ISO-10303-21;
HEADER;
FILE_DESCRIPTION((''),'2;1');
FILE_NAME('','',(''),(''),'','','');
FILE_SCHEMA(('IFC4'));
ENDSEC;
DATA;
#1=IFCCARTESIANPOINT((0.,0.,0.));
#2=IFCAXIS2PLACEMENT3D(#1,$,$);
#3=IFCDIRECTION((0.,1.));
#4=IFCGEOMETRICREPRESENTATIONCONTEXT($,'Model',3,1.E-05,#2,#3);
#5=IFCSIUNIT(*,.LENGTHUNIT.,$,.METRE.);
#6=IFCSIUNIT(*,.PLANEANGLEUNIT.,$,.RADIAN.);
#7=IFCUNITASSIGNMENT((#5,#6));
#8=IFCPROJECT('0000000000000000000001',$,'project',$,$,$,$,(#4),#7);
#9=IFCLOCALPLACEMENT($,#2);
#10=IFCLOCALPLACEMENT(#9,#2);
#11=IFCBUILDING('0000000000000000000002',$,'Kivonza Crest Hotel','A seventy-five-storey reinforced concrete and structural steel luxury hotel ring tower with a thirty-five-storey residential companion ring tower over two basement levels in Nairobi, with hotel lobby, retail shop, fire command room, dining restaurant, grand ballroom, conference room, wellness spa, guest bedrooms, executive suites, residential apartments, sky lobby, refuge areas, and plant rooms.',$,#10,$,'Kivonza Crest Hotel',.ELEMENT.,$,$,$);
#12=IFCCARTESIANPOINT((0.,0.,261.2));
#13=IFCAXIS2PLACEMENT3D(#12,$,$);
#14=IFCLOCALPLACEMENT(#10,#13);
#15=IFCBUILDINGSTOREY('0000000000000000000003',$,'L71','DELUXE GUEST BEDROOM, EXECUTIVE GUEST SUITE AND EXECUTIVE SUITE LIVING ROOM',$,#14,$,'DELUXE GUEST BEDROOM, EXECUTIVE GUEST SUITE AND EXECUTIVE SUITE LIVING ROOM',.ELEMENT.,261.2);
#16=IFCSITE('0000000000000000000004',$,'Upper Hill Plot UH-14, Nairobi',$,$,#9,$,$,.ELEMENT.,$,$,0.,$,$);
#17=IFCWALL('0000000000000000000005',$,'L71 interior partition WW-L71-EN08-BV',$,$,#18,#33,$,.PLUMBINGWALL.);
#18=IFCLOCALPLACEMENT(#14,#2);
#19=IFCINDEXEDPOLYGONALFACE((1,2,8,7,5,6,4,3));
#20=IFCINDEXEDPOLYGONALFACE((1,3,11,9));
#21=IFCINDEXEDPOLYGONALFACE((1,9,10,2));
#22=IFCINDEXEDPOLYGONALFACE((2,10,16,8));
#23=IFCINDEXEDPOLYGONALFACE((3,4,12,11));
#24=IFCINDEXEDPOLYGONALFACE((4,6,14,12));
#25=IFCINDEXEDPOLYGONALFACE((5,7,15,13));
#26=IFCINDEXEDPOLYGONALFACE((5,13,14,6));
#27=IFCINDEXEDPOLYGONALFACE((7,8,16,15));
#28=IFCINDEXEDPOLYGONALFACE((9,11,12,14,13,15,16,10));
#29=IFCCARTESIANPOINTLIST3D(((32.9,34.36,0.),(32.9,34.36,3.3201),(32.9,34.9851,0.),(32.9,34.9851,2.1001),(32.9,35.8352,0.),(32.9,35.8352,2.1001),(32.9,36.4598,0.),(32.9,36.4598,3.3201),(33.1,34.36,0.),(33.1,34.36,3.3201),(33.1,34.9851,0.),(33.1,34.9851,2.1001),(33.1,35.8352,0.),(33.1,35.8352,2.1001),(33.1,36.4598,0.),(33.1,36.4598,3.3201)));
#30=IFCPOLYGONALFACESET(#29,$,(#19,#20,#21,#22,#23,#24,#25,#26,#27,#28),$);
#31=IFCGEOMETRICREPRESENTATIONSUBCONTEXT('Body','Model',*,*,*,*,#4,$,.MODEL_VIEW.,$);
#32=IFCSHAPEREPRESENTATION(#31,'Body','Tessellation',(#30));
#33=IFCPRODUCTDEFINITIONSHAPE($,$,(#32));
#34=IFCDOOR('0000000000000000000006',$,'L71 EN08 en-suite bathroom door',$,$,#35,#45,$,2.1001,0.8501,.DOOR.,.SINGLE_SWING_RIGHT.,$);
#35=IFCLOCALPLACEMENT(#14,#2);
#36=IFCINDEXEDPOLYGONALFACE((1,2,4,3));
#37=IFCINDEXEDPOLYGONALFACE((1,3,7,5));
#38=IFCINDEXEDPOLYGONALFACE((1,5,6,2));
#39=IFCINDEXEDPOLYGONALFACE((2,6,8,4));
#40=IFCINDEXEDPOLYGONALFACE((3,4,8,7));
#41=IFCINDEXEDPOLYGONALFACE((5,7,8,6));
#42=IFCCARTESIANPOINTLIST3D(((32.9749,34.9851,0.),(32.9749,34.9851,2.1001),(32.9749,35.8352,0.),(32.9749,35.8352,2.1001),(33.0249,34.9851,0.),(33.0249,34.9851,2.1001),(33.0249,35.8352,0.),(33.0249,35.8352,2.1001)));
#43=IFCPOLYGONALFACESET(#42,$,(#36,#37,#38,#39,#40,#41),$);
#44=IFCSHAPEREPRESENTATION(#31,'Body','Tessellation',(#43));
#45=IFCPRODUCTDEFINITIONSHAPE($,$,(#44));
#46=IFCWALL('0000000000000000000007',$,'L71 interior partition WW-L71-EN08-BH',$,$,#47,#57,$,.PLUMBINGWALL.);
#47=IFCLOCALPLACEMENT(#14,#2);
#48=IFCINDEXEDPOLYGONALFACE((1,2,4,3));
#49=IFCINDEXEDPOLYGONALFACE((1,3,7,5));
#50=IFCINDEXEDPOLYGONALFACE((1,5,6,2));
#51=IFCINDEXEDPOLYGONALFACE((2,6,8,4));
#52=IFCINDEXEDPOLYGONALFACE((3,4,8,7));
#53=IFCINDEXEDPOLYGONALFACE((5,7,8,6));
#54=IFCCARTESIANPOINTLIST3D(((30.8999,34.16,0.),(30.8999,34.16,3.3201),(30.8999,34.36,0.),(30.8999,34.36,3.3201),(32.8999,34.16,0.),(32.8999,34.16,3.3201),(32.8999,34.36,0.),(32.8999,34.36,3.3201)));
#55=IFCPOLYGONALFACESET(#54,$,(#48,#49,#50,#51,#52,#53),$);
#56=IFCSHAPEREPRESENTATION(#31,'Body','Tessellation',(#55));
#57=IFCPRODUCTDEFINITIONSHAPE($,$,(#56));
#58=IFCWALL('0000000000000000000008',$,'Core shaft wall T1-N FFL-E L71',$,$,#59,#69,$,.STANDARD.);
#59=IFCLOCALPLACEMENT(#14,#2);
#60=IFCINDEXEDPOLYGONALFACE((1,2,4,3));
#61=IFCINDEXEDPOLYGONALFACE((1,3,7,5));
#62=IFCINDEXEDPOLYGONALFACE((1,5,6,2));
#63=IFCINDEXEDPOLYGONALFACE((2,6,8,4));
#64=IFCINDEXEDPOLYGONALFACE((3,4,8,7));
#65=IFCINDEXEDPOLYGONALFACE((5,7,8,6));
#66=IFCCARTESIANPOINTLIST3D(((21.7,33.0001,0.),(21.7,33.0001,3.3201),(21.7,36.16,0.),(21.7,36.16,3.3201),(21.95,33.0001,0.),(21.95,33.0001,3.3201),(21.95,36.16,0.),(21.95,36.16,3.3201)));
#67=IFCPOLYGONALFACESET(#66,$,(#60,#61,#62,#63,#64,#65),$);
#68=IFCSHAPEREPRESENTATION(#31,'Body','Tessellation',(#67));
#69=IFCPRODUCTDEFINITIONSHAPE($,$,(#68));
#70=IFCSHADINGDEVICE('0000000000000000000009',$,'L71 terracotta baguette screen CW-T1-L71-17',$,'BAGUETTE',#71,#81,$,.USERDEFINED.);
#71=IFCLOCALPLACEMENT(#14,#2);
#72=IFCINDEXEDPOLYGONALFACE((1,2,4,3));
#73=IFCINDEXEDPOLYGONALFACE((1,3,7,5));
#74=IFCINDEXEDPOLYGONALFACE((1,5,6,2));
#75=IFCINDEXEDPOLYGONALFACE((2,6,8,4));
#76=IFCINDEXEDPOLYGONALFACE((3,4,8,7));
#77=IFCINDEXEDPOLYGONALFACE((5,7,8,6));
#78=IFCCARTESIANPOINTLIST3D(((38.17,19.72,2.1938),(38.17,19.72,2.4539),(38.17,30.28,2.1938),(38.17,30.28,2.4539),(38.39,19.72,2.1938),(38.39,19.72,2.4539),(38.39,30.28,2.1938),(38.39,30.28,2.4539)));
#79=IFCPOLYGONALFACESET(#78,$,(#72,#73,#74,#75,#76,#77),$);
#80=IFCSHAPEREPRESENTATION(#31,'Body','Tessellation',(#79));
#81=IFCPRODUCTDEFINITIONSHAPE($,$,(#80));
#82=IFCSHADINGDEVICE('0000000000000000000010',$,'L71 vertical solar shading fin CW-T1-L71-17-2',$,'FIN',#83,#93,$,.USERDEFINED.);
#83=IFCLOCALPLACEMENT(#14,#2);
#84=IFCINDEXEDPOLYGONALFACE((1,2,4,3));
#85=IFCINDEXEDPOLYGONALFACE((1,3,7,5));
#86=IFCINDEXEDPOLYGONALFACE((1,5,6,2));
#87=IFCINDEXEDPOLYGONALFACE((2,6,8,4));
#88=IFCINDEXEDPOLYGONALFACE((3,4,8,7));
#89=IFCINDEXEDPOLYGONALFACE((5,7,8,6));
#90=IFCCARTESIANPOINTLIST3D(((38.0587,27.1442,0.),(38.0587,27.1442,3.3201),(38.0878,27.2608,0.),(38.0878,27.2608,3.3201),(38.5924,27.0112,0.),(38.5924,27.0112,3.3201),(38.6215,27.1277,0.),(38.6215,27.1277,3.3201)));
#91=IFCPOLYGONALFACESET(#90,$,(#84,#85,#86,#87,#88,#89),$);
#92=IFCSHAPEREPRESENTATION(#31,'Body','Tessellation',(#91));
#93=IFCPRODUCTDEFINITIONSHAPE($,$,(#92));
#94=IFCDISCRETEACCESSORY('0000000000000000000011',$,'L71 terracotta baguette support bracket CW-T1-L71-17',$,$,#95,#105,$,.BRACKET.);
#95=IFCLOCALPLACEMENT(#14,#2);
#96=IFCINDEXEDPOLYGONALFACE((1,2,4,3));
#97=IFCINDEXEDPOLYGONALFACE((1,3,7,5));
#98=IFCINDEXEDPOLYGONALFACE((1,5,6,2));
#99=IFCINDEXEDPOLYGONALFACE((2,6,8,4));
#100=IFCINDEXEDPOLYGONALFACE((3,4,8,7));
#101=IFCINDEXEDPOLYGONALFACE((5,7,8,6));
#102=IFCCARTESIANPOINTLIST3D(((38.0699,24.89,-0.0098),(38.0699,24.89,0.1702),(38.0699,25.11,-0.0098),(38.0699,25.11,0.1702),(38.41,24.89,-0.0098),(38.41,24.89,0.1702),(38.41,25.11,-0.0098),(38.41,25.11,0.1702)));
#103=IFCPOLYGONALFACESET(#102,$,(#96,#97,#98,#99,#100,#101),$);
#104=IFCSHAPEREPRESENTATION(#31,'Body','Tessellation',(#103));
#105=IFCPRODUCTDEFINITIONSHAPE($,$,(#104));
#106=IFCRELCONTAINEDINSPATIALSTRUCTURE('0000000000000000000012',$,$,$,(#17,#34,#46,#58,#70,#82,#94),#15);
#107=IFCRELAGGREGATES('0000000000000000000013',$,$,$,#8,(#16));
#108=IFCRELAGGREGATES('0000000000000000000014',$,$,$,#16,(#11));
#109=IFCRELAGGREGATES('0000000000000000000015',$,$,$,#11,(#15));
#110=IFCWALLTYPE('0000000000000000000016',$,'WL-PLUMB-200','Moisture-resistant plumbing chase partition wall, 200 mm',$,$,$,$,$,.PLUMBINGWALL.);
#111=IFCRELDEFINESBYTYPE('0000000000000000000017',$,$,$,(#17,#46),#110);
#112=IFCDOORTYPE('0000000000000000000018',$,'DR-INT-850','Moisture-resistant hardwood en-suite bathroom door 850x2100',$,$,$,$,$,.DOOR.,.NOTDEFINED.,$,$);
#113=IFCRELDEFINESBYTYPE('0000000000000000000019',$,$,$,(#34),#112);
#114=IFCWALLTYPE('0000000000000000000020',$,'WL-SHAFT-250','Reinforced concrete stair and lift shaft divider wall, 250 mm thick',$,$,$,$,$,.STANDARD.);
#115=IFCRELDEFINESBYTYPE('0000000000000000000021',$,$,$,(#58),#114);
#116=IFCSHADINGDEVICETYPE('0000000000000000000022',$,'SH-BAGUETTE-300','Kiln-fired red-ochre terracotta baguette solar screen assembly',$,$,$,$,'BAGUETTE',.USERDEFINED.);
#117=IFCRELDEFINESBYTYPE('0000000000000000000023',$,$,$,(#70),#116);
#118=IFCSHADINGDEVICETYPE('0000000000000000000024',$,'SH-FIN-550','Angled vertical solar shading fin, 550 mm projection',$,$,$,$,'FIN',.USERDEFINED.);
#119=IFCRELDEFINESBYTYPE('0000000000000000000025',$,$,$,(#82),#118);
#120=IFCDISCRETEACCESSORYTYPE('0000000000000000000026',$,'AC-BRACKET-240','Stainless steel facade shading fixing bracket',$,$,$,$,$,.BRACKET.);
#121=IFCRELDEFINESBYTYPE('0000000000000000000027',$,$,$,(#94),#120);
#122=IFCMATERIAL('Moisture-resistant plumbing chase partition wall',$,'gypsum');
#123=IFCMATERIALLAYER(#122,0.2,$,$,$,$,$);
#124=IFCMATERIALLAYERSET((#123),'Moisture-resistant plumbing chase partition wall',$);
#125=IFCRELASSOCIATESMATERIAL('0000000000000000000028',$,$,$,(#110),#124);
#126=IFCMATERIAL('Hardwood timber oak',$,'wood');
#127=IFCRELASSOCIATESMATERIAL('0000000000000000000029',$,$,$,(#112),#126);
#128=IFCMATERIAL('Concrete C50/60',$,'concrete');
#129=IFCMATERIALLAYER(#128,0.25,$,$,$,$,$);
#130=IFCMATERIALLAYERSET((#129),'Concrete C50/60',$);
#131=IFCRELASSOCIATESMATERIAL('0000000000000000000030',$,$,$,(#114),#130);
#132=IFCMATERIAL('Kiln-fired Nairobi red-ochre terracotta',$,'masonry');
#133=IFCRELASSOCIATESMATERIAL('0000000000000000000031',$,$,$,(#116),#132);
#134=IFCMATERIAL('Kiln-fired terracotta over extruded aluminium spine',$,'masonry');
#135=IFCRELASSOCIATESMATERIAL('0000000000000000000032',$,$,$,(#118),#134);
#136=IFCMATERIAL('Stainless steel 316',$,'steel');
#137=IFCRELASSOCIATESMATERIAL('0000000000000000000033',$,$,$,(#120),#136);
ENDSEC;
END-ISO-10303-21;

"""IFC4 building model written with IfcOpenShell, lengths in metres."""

from ifc_helpers import new_model, si_unit, direction, frame, frame_2d, origin, origin_2d, place, context, subcontext, project, spatial, rectangle, extrude, material, layer, layer_set, type_object, element, fill, save


model = new_model("IFC4")

# Units and contexts
model_context = context("Model", 3, precision=1e-05, world=origin(), true_north=direction((0.0, 1.0)))
body_context = subcontext(model_context, "Body", "Model", "MODEL_VIEW")
ifc_project = project(units=[si_unit("LENGTHUNIT", "METRE"), si_unit("PLANEANGLEUNIT", "RADIAN")], contexts=[model_context])

# Site, building, storey
site_placement = place(None, origin())
site = spatial("IfcSite", under=ifc_project, at=site_placement, Name="Upper Hill Plot UH-14, Nairobi", CompositionType="ELEMENT", RefElevation=0.0)
building_placement = place(site_placement, origin())
building = spatial("IfcBuilding", under=site, at=building_placement, Name="Kivonza Crest Hotel", Description="A seventy-five-storey reinforced concrete and structural steel luxury hotel ring tower with a thirty-five-storey residential companion ring tower over two basement levels in Nairobi, with hotel lobby, retail shop, fire command room, dining restaurant, grand ballroom, conference room, wellness spa, guest bedrooms, executive suites, residential apartments, sky lobby, refuge areas, and plant rooms.", LongName="Kivonza Crest Hotel", CompositionType="ELEMENT")
storey_placement = place(building_placement, frame((0.0, 0.0, 261.2)))
storey = spatial("IfcBuildingStorey", under=building, at=storey_placement, Name="L71", Description="DELUXE GUEST BEDROOM, EXECUTIVE GUEST SUITE AND EXECUTIVE SUITE LIVING ROOM", LongName="DELUXE GUEST BEDROOM, EXECUTIVE GUEST SUITE AND EXECUTIVE SUITE LIVING ROOM", CompositionType="ELEMENT", Elevation=261.2)

# Shared definitions
ifc_material_1 = material(Name="Concrete C50/60", Category="concrete")

# Shared definitions
ifc_material_2 = material(Name="Hardwood timber oak", Category="wood")

# Wall, opening, door
ifc_material_3 = material(Name="Moisture-resistant plumbing chase partition wall", Category="gypsum")
ifc_layer_1 = layer(ifc_material_3, 0.2)
ifc_layer_set_1 = layer_set([ifc_layer_1], Name="Moisture-resistant plumbing chase partition wall")
wall_type_1 = type_object("IfcWallType", Name="WL-PLUMB-200", Description="Moisture-resistant plumbing chase partition wall, 200 mm", PredefinedType="PLUMBINGWALL", material=ifc_layer_set_1)
wall_1_placement = place(storey_placement, frame((33.0, 34.3601, 0.0), z_axis=(0.0, 0.0, 1.0), x_axis=(0.0, 1.0, 0.0)))
wall_1 = element("IfcWall", 1, at=wall_1_placement, inside=storey, type_object=wall_type_1, Name="L71 interior partition WW-L71-EN08-BV", PredefinedType="PLUMBINGWALL", context=body_context, shape_type="SweptSolid", body=[
    extrude(rectangle(XDim=2.0999, YDim=0.2, at=frame_2d((1.0498, 0.0))), origin(), (0.0, 0.0, 1.0), 3.3201),
])
opening_1_placement = place(wall_1_placement, frame((0.625, 0.0, 0.0)))
opening_1 = element("IfcOpeningElement", 2, at=opening_1_placement, cuts=wall_1, PredefinedType="OPENING", context=body_context, shape_type="SweptSolid", body=[
    extrude(rectangle(XDim=0.8501, YDim=2.1001, at=frame_2d((0.425, 1.05))), frame((0.0, 0.1099, 0.0), z_axis=(0.0, -1.0, 0.0), x_axis=(1.0, 0.0, 0.0)), (0.0, 0.0, 1.0), 0.22),
])
door_type_1 = type_object("IfcDoorType", Name="DR-INT-850", Description="Moisture-resistant hardwood en-suite bathroom door 850x2100", OperationType="NOTDEFINED", PredefinedType="DOOR", material=ifc_material_2)
door_1_placement = place(opening_1_placement, frame((0.8501, 0.0, 0.0), z_axis=(0.0, 0.0, 1.0), x_axis=(-1.0, 0.0, 0.0)))
door_1 = element("IfcDoor", 3, at=door_1_placement, inside=storey, type_object=door_type_1, Name="L71 EN08 en-suite bathroom door", OperationType="SINGLE_SWING_RIGHT", OverallHeight=2.1001, OverallWidth=0.8501, PredefinedType="DOOR", context=body_context, shape_type="SweptSolid", body=[
    extrude(rectangle(XDim=0.8501, YDim=2.1001, at=frame_2d((0.425, 1.05))), frame((0.0, 0.0249, 0.0), z_axis=(0.0, -1.0, 0.0), x_axis=(1.0, 0.0, 0.0)), (0.0, 0.0, 1.0), 0.05),
])
fill(opening_1, door_1)

# Walls
wall_2_placement = place(storey_placement, frame((30.8999, 34.26, 0.0), z_axis=(0.0, 0.0, 1.0), x_axis=(1.0, 0.0, 0.0)))
element("IfcWall", 4, at=wall_2_placement, inside=storey, type_object=wall_type_1, Name="L71 interior partition WW-L71-EN08-BH", PredefinedType="PLUMBINGWALL", context=body_context, shape_type="SweptSolid", body=[
    extrude(rectangle(XDim=2.0, YDim=0.2, at=frame_2d((1.0, 0.0))), origin(), (0.0, 0.0, 1.0), 3.3201),
])
ifc_layer_2 = layer(ifc_material_1, 0.25)
ifc_layer_set_2 = layer_set([ifc_layer_2], Name="Concrete C50/60")
wall_type_2 = type_object("IfcWallType", Name="WL-SHAFT-250", Description="Reinforced concrete stair and lift shaft divider wall, 250 mm thick", PredefinedType="STANDARD", material=ifc_layer_set_2)
wall_3_placement = place(storey_placement, frame((21.825, 33.0, 0.0), z_axis=(0.0, 0.0, 1.0), x_axis=(0.0, 1.0, 0.0)))
element("IfcWall", 5, at=wall_3_placement, inside=storey, type_object=wall_type_2, Name="Core shaft wall T1-N FFL-E L71", PredefinedType="STANDARD", context=body_context, shape_type="SweptSolid", body=[
    extrude(rectangle(XDim=3.1599, YDim=0.25, at=frame_2d((1.5801, 0.0))), origin(), (0.0, 0.0, 1.0), 3.3201),
])

# Shading devices
ifc_material_4 = material(Name="Kiln-fired Nairobi red-ochre terracotta", Category="masonry")
shading_device_type_1 = type_object("IfcShadingDeviceType", Name="SH-BAGUETTE-300", Description="Kiln-fired red-ochre terracotta baguette solar screen assembly", ElementType="BAGUETTE", PredefinedType="USERDEFINED", material=ifc_material_4)
shading_device_1_placement = place(storey_placement, frame((38.28, 25.0, 2.1938), z_axis=(0.0, 0.0, 1.0), x_axis=(0.0, 1.0, 0.0)))
element("IfcShadingDevice", 6, at=shading_device_1_placement, inside=storey, type_object=shading_device_type_1, Name="L71 terracotta baguette screen CW-T1-L71-17", ObjectType="BAGUETTE", PredefinedType="USERDEFINED", context=body_context, shape_type="SweptSolid", body=[
    extrude(rectangle(XDim=10.5601, YDim=0.22, at=origin_2d()), origin(), (0.0, 0.0, 1.0), 0.26),
])
ifc_material_5 = material(Name="Kiln-fired terracotta over extruded aluminium spine", Category="masonry")
shading_device_type_2 = type_object("IfcShadingDeviceType", Name="SH-FIN-550", Description="Angled vertical solar shading fin, 550 mm projection", ElementType="FIN", PredefinedType="USERDEFINED", material=ifc_material_5)
shading_device_2_placement = place(storey_placement, frame((38.3401, 27.136, 0.0), z_axis=(0.0, 0.0, 1.0), x_axis=(0.241922, 0.970296, 0.0)))
element("IfcShadingDevice", 7, at=shading_device_2_placement, inside=storey, type_object=shading_device_type_2, Name="L71 vertical solar shading fin CW-T1-L71-17-2", ObjectType="FIN", PredefinedType="USERDEFINED", context=body_context, shape_type="SweptSolid", body=[
    extrude(rectangle(XDim=0.1201, YDim=0.55, at=origin_2d()), origin(), (0.0, 0.0, 1.0), 3.3201),
])

# Discrete accessory
ifc_material_6 = material(Name="Stainless steel 316", Category="steel")
discrete_accessory_type = type_object("IfcDiscreteAccessoryType", Name="AC-BRACKET-240", Description="Stainless steel facade shading fixing bracket", PredefinedType="BRACKET", material=ifc_material_6)
discrete_accessory_placement = place(storey_placement, frame((38.24, 25.0, -0.0098), z_axis=(0.0, 0.0, 1.0), x_axis=(0.0, 1.0, 0.0)))
element("IfcDiscreteAccessory", 8, at=discrete_accessory_placement, inside=storey, type_object=discrete_accessory_type, Name="L71 terracotta baguette support bracket CW-T1-L71-17", PredefinedType="BRACKET", context=body_context, shape_type="SweptSolid", body=[
    extrude(rectangle(XDim=0.22, YDim=0.3401, at=origin_2d()), origin(), (0.0, 0.0, 1.0), 0.1799),
])

save(model, "model.ifc")
